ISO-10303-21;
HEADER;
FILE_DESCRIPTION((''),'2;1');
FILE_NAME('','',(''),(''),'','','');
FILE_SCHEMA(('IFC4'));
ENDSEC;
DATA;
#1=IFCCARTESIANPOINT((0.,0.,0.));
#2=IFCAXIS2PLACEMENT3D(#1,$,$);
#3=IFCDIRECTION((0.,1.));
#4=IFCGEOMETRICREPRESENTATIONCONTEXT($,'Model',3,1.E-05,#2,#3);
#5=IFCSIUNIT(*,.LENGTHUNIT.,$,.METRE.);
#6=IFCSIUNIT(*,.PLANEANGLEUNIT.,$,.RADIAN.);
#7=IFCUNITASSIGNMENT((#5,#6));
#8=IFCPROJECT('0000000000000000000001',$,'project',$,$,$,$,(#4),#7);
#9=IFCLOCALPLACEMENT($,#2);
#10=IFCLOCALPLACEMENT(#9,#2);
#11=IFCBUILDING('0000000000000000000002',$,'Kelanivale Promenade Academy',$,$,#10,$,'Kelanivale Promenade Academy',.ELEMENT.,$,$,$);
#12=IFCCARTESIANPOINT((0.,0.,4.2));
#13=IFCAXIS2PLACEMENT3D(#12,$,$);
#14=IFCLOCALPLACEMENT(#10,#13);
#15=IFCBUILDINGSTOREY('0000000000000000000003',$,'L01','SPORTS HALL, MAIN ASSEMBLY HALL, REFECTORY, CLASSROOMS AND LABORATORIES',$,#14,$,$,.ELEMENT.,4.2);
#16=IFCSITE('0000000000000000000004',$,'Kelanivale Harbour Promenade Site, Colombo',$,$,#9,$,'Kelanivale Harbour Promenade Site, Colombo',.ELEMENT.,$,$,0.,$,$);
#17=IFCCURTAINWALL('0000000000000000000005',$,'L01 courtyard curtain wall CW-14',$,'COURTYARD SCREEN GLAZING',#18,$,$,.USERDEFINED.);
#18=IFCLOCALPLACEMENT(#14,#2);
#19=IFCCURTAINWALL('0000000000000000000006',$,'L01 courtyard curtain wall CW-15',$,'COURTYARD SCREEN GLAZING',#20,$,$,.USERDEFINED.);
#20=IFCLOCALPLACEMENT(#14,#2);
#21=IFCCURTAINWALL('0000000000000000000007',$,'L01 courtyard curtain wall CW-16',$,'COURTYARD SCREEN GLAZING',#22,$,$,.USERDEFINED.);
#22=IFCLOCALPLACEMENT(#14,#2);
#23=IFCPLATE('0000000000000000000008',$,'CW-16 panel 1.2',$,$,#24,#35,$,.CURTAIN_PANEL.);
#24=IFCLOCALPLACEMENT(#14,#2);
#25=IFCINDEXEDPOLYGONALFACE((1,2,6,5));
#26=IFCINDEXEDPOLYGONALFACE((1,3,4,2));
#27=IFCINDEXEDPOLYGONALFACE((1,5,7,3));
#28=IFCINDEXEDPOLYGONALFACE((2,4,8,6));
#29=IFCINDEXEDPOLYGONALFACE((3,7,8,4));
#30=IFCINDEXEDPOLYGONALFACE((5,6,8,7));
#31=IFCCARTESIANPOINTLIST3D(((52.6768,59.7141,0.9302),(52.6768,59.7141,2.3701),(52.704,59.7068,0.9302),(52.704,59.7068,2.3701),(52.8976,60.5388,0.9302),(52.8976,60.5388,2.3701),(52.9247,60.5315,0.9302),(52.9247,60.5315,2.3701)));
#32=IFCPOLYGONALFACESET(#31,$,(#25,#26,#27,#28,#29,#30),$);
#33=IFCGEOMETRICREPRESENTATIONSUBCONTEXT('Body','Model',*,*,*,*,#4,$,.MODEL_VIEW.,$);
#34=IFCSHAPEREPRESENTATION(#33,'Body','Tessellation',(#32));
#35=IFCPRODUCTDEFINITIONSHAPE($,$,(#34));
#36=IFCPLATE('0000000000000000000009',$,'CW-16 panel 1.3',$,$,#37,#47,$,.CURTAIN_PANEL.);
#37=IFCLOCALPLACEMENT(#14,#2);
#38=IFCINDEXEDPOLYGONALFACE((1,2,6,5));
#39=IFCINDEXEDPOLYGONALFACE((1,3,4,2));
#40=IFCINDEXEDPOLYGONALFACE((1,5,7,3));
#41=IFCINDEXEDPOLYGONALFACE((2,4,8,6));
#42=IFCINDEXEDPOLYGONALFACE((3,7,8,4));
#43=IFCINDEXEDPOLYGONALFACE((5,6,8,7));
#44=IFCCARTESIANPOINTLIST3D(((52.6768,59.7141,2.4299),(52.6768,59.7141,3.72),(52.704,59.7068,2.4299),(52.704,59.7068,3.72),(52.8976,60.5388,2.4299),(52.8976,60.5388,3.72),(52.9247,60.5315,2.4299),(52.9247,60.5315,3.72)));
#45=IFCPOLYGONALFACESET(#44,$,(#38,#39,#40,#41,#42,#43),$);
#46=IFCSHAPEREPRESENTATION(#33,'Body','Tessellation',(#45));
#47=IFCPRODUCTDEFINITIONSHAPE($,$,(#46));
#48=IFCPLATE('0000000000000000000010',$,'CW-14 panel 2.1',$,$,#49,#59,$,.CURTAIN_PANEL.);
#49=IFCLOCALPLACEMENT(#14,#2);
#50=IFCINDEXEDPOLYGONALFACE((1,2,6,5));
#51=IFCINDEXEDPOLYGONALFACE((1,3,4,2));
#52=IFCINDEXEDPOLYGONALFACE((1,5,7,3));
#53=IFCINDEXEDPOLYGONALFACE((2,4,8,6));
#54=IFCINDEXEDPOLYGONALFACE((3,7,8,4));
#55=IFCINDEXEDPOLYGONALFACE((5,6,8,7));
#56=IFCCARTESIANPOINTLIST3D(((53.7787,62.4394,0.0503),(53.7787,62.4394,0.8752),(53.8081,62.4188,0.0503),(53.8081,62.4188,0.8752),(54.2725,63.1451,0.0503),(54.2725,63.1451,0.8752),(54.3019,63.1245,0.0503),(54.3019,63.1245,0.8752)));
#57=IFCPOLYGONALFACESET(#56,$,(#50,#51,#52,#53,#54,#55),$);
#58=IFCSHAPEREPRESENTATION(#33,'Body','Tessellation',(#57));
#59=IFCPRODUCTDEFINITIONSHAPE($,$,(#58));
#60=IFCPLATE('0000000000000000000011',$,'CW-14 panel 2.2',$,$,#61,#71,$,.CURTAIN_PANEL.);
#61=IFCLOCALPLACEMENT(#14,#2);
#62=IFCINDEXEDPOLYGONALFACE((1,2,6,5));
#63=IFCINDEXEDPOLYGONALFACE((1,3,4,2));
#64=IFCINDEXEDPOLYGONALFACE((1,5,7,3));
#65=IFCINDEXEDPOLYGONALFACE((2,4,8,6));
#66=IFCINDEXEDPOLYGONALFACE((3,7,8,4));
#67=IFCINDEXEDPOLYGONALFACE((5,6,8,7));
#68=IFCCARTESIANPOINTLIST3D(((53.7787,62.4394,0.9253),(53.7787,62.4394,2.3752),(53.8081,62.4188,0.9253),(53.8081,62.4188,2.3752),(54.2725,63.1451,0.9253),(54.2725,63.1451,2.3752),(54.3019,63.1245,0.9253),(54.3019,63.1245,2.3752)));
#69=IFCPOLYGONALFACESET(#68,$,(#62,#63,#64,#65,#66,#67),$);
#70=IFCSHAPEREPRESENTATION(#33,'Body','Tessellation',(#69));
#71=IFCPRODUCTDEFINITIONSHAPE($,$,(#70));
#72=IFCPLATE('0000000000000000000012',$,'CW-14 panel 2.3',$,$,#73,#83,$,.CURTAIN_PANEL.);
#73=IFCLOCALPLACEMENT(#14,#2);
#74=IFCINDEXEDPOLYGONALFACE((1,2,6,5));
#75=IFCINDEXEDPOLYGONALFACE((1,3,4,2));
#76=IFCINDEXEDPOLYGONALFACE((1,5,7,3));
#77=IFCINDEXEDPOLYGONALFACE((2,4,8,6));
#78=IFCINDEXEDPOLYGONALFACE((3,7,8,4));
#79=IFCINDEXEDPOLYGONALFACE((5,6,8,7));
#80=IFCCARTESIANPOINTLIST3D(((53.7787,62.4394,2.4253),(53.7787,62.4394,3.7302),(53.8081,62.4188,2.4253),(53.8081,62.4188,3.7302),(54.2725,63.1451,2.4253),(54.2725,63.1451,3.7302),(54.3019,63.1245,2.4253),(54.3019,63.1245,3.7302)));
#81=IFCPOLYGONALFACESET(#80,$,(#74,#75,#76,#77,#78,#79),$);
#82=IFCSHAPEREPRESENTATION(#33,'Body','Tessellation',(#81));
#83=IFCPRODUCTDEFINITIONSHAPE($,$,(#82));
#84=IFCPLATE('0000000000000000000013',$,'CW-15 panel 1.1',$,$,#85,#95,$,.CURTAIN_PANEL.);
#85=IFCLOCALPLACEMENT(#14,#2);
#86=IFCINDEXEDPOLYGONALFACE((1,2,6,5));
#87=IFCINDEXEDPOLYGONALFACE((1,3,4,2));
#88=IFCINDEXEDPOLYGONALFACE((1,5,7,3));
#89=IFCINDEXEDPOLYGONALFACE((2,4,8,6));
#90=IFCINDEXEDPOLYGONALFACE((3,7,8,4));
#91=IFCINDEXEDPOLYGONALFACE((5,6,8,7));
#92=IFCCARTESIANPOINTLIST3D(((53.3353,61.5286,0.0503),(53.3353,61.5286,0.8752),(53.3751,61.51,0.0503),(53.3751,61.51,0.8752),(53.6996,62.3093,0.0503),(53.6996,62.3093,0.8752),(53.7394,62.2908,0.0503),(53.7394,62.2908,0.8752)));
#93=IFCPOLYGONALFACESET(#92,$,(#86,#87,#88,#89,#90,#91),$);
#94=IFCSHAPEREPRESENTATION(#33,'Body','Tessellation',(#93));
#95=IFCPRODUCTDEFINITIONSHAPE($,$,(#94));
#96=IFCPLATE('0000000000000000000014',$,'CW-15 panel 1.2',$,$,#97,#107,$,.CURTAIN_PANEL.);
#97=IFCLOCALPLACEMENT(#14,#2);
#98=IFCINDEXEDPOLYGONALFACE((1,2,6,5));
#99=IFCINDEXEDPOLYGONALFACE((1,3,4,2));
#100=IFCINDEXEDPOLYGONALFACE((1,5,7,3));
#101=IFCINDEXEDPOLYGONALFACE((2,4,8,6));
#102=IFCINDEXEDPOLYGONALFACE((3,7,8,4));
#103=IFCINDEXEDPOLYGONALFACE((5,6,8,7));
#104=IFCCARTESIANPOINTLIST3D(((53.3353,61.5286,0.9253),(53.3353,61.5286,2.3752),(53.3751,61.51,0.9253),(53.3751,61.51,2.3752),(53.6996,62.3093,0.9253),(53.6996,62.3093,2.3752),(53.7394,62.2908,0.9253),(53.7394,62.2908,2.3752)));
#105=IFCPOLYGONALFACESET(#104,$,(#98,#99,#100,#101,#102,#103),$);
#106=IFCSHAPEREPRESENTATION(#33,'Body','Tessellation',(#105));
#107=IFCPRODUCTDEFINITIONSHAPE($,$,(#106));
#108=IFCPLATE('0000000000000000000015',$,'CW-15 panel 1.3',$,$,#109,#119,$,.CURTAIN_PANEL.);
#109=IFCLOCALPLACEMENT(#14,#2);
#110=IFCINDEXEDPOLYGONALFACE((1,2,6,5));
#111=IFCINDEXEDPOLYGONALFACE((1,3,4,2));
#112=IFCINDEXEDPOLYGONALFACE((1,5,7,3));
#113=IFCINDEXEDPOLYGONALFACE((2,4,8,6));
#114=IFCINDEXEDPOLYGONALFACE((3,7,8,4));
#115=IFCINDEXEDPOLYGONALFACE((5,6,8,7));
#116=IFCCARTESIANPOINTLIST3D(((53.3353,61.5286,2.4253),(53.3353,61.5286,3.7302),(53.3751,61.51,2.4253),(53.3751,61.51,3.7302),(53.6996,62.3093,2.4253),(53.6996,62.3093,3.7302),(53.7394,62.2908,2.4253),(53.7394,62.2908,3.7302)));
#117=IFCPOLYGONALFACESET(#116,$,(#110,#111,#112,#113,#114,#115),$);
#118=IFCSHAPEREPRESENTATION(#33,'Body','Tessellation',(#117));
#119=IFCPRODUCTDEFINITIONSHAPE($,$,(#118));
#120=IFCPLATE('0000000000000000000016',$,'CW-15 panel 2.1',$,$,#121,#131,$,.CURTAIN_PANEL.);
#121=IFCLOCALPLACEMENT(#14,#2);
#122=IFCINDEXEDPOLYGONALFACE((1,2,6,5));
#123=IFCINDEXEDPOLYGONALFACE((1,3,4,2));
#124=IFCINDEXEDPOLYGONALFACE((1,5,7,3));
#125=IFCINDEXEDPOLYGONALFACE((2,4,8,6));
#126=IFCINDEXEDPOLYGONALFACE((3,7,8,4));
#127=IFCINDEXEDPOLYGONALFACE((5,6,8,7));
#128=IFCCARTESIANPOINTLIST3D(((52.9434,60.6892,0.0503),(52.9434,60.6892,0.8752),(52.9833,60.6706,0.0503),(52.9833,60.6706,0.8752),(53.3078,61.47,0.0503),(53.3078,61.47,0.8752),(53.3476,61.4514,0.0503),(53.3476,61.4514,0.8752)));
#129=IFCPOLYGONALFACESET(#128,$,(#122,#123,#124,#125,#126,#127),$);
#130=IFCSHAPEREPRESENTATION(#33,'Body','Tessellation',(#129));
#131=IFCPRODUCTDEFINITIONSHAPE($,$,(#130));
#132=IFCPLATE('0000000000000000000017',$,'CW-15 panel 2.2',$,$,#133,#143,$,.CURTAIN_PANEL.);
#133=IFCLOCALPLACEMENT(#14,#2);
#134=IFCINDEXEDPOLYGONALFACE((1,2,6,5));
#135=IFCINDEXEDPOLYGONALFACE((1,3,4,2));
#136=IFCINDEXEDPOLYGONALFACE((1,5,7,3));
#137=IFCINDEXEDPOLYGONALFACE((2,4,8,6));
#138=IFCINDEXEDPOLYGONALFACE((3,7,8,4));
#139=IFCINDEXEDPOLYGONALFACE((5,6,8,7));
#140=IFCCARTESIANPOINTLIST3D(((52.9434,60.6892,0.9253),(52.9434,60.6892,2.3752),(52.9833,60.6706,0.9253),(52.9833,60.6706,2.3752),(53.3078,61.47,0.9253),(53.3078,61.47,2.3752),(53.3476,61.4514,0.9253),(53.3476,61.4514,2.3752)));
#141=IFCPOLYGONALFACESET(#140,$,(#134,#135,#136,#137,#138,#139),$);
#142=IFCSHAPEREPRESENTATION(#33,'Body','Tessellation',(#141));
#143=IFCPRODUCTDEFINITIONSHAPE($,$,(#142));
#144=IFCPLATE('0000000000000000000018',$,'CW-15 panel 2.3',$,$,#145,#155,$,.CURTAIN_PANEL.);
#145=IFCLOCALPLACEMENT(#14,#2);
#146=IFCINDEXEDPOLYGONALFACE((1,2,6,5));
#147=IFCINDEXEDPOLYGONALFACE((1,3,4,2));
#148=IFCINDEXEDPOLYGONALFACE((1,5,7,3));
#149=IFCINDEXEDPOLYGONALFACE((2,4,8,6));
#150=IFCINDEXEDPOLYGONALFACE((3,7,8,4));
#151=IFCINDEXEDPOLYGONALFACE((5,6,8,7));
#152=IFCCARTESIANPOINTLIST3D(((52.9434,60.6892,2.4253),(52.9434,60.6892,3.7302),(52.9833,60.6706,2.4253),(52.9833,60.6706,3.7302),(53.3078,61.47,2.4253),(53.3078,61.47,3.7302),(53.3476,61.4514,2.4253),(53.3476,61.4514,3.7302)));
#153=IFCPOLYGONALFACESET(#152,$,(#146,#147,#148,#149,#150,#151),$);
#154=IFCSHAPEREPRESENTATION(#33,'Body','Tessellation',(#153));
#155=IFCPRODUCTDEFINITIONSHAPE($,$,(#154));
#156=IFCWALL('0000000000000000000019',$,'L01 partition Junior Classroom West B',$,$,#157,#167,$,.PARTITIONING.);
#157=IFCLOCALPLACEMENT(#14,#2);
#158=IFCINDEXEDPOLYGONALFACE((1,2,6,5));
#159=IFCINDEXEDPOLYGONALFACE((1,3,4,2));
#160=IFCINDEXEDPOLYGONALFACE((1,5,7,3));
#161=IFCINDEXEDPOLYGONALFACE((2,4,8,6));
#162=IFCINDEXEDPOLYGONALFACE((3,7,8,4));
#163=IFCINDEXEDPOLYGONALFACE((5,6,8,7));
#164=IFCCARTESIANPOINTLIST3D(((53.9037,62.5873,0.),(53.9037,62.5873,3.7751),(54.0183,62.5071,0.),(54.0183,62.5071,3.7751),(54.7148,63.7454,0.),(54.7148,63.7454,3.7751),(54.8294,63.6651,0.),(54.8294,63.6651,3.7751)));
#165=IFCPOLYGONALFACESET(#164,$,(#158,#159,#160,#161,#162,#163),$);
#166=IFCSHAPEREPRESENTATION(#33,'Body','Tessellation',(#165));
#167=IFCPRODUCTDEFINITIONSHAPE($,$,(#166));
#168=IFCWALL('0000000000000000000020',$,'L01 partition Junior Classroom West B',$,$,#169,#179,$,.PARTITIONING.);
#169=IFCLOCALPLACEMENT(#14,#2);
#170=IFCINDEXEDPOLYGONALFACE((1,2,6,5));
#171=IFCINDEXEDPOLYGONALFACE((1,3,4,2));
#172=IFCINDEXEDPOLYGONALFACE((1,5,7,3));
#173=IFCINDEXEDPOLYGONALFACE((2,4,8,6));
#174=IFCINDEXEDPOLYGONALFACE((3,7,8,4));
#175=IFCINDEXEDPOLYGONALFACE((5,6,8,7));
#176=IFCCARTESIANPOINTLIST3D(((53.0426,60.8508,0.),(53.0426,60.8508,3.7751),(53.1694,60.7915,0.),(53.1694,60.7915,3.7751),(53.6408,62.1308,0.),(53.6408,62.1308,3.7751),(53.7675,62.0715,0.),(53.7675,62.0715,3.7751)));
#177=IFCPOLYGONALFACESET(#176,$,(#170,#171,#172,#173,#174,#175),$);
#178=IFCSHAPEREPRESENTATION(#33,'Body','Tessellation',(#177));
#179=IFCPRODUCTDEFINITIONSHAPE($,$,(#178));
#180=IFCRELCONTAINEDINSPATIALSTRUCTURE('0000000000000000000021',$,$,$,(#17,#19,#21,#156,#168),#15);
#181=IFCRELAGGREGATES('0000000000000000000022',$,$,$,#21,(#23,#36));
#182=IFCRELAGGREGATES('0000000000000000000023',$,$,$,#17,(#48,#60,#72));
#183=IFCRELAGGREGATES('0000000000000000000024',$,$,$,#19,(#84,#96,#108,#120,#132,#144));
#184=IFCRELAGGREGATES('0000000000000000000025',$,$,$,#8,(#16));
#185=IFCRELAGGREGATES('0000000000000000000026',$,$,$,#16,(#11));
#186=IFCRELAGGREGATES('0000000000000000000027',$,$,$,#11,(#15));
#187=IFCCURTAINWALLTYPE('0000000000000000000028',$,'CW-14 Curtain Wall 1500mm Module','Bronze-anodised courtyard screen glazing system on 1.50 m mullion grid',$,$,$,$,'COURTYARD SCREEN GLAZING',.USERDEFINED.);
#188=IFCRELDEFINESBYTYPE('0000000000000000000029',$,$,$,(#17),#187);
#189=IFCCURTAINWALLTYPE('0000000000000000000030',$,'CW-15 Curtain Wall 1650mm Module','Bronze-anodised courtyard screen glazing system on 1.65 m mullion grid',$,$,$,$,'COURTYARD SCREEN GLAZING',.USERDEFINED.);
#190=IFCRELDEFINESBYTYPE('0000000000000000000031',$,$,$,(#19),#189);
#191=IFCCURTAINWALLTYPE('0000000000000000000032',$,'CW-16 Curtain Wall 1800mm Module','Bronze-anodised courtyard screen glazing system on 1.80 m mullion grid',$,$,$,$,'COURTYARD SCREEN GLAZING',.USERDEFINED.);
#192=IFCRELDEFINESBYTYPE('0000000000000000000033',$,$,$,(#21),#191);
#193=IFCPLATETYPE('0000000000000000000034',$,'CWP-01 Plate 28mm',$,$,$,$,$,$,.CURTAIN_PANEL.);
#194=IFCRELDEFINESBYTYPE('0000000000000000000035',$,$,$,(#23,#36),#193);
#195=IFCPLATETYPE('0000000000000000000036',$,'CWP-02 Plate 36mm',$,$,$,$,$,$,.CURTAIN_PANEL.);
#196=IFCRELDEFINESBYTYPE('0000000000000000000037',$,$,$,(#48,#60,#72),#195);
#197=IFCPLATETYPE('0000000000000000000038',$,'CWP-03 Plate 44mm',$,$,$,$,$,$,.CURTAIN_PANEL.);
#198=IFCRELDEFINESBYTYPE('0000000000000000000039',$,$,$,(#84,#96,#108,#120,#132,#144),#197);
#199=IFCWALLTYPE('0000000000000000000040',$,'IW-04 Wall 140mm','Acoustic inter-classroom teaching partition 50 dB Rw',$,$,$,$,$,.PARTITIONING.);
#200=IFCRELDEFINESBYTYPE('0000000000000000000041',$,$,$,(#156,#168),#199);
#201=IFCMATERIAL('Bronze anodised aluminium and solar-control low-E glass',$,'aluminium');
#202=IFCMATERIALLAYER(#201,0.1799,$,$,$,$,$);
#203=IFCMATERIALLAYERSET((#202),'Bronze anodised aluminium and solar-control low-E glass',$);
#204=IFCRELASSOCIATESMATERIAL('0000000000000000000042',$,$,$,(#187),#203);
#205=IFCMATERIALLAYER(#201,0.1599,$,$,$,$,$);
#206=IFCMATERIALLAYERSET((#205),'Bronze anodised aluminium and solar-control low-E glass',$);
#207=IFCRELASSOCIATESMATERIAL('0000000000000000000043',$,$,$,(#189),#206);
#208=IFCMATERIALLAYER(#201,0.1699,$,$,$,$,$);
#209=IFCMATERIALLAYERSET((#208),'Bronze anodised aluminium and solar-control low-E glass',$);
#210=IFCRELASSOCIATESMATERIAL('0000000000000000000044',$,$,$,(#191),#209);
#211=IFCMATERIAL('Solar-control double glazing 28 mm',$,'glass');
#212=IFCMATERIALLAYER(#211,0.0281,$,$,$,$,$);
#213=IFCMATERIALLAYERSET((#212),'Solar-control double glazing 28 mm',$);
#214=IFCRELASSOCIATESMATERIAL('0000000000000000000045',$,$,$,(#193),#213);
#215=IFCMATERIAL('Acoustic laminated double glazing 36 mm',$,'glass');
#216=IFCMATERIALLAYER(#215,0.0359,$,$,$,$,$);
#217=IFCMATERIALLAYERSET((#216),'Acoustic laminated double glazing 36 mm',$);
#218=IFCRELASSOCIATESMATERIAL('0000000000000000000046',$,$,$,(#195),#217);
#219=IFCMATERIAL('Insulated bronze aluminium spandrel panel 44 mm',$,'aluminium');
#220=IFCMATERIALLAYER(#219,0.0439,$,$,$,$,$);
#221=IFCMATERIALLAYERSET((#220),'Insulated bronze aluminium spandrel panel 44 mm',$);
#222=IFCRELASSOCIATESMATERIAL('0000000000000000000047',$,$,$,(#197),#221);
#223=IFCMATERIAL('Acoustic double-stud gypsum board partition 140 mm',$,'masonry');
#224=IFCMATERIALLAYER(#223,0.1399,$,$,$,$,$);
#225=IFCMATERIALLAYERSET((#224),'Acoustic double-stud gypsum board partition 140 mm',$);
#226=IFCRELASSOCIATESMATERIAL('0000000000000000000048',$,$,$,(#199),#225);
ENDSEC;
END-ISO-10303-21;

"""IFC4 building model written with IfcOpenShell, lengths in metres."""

from ifc_helpers import new_model, si_unit, direction, frame, frame_2d, origin, origin_2d, place, context, subcontext, project, spatial, rectangle, extrude, material, layer, layer_set, type_object, element, aggregate, save


model = new_model("IFC4")

# Units and contexts
model_context = context("Model", 3, precision=1e-05, world=origin(), true_north=direction((0.0, 1.0)))
body_context = subcontext(model_context, "Body", "Model", "MODEL_VIEW")
ifc_project = project(units=[si_unit("LENGTHUNIT", "METRE"), si_unit("PLANEANGLEUNIT", "RADIAN")], contexts=[model_context])

# Site, building, storey
site_placement = place(None, origin())
site = spatial("IfcSite", under=ifc_project, at=site_placement, Name="Kelanivale Harbour Promenade Site, Colombo", LongName="Kelanivale Harbour Promenade Site, Colombo", CompositionType="ELEMENT", RefElevation=0.0)
building_placement = place(site_placement, origin())
building = spatial("IfcBuilding", under=site, at=building_placement, Name="Kelanivale Promenade Academy", LongName="Kelanivale Promenade Academy", CompositionType="ELEMENT")
storey_placement = place(building_placement, frame((0.0, 0.0, 4.2)))
storey = spatial("IfcBuildingStorey", under=building, at=storey_placement, Name="L01", Description="SPORTS HALL, MAIN ASSEMBLY HALL, REFECTORY, CLASSROOMS AND LABORATORIES", CompositionType="ELEMENT", Elevation=4.2)

# Curtain wall
ifc_material_1 = material(Name="Bronze anodised aluminium and solar-control low-E glass", Category="aluminium")
ifc_layer_1 = layer(ifc_material_1, 0.1799)
ifc_layer_set_1 = layer_set([ifc_layer_1], Name="Bronze anodised aluminium and solar-control low-E glass")
curtain_wall_type_1 = type_object("IfcCurtainWallType", Name="CW-14 Curtain Wall 1500mm Module", Description="Bronze-anodised courtyard screen glazing system on 1.50 m mullion grid", ElementType="COURTYARD SCREEN GLAZING", PredefinedType="USERDEFINED", material=ifc_layer_set_1)
curtain_wall_1_placement = place(storey_placement, origin())
curtain_wall_1 = element("IfcCurtainWall", 1, at=curtain_wall_1_placement, inside=storey, type_object=curtain_wall_type_1, Name="L01 courtyard curtain wall CW-14", ObjectType="COURTYARD SCREEN GLAZING", PredefinedType="USERDEFINED")

# Curtain walls
ifc_layer_2 = layer(ifc_material_1, 0.1599)
ifc_layer_set_2 = layer_set([ifc_layer_2], Name="Bronze anodised aluminium and solar-control low-E glass")
curtain_wall_type_2 = type_object("IfcCurtainWallType", Name="CW-15 Curtain Wall 1650mm Module", Description="Bronze-anodised courtyard screen glazing system on 1.65 m mullion grid", ElementType="COURTYARD SCREEN GLAZING", PredefinedType="USERDEFINED", material=ifc_layer_set_2)
curtain_wall_2_placement = place(storey_placement, origin())
curtain_wall_2 = element("IfcCurtainWall", 2, at=curtain_wall_2_placement, inside=storey, type_object=curtain_wall_type_2, Name="L01 courtyard curtain wall CW-15", ObjectType="COURTYARD SCREEN GLAZING", PredefinedType="USERDEFINED")
ifc_layer_3 = layer(ifc_material_1, 0.1699)
ifc_layer_set_3 = layer_set([ifc_layer_3], Name="Bronze anodised aluminium and solar-control low-E glass")
curtain_wall_type_3 = type_object("IfcCurtainWallType", Name="CW-16 Curtain Wall 1800mm Module", Description="Bronze-anodised courtyard screen glazing system on 1.80 m mullion grid", ElementType="COURTYARD SCREEN GLAZING", PredefinedType="USERDEFINED", material=ifc_layer_set_3)
curtain_wall_3_placement = place(storey_placement, origin())
curtain_wall_3 = element("IfcCurtainWall", 3, at=curtain_wall_3_placement, inside=storey, type_object=curtain_wall_type_3, Name="L01 courtyard curtain wall CW-16", ObjectType="COURTYARD SCREEN GLAZING", PredefinedType="USERDEFINED")

# Plates
ifc_material_2 = material(Name="Solar-control double glazing 28 mm", Category="glass")
ifc_layer_4 = layer(ifc_material_2, 0.0281)
ifc_layer_set_4 = layer_set([ifc_layer_4], Name="Solar-control double glazing 28 mm")
plate_type_1 = type_object("IfcPlateType", Name="CWP-01 Plate 28mm", PredefinedType="CURTAIN_PANEL", material=ifc_layer_set_4)
plate_1_placement = place(storey_placement, frame((52.8008, 60.1228, 0.9302), z_axis=(0.0, 0.0, 1.0), x_axis=(-0.258578, -0.96599, 0.0)))
plate_1 = element("IfcPlate", 4, at=plate_1_placement, type_object=plate_type_1, Name="CW-16 panel 1.2", PredefinedType="CURTAIN_PANEL", context=body_context, shape_type="SweptSolid", body=[
    extrude(rectangle(XDim=0.8538, YDim=0.0281, at=origin_2d()), origin(), (0.0, 0.0, 1.0), 1.4399),
])
plate_2_placement = place(storey_placement, frame((52.8008, 60.1228, 2.4299), z_axis=(0.0, 0.0, 1.0), x_axis=(-0.258578, -0.96599, 0.0)))
plate_2 = element("IfcPlate", 5, at=plate_2_placement, type_object=plate_type_1, Name="CW-16 panel 1.3", PredefinedType="CURTAIN_PANEL", context=body_context, shape_type="SweptSolid", body=[
    extrude(rectangle(XDim=0.8538, YDim=0.0281, at=origin_2d()), origin(), (0.0, 0.0, 1.0), 1.29),
])
aggregate(curtain_wall_3, [plate_1, plate_2])
ifc_material_3 = material(Name="Acoustic laminated double glazing 36 mm", Category="glass")
ifc_layer_5 = layer(ifc_material_3, 0.0359)
ifc_layer_set_5 = layer_set([ifc_layer_5], Name="Acoustic laminated double glazing 36 mm")
plate_type_2 = type_object("IfcPlateType", Name="CWP-02 Plate 36mm", PredefinedType="CURTAIN_PANEL", material=ifc_layer_set_5)
plate_3_placement = place(storey_placement, frame((54.0403, 62.782, 0.0503), z_axis=(0.0, 0.0, 1.0), x_axis=(-0.573357, -0.819306, 0.0)))
plate_3 = element("IfcPlate", 6, at=plate_3_placement, type_object=plate_type_2, Name="CW-14 panel 2.1", PredefinedType="CURTAIN_PANEL", context=body_context, shape_type="SweptSolid", body=[
    extrude(rectangle(XDim=0.8613, YDim=0.0359, at=origin_2d()), origin(), (0.0, 0.0, 1.0), 0.825),
])
plate_4_placement = place(storey_placement, frame((54.0403, 62.782, 0.9253), z_axis=(0.0, 0.0, 1.0), x_axis=(-0.573357, -0.819306, 0.0)))
plate_4 = element("IfcPlate", 7, at=plate_4_placement, type_object=plate_type_2, Name="CW-14 panel 2.2", PredefinedType="CURTAIN_PANEL", context=body_context, shape_type="SweptSolid", body=[
    extrude(rectangle(XDim=0.8613, YDim=0.0359, at=origin_2d()), origin(), (0.0, 0.0, 1.0), 1.45),
])
plate_5_placement = place(storey_placement, frame((54.0403, 62.782, 2.4253), z_axis=(0.0, 0.0, 1.0), x_axis=(-0.573357, -0.819306, 0.0)))
plate_5 = element("IfcPlate", 8, at=plate_5_placement, type_object=plate_type_2, Name="CW-14 panel 2.3", PredefinedType="CURTAIN_PANEL", context=body_context, shape_type="SweptSolid", body=[
    extrude(rectangle(XDim=0.8613, YDim=0.0359, at=origin_2d()), origin(), (0.0, 0.0, 1.0), 1.3049),
])
aggregate(curtain_wall_1, [plate_3, plate_4, plate_5])
ifc_material_4 = material(Name="Insulated bronze aluminium spandrel panel 44 mm", Category="aluminium")
ifc_layer_6 = layer(ifc_material_4, 0.0439)
ifc_layer_set_6 = layer_set([ifc_layer_6], Name="Insulated bronze aluminium spandrel panel 44 mm")
plate_type_3 = type_object("IfcPlateType", Name="CWP-03 Plate 44mm", PredefinedType="CURTAIN_PANEL", material=ifc_layer_set_6)
plate_6_placement = place(storey_placement, frame((53.5374, 61.9097, 0.0503), z_axis=(0.0, 0.0, 1.0), x_axis=(-0.422857, -0.906196, 0.0)))
plate_6 = element("IfcPlate", 9, at=plate_6_placement, type_object=plate_type_3, Name="CW-15 panel 1.1", PredefinedType="CURTAIN_PANEL", context=body_context, shape_type="SweptSolid", body=[
    extrude(rectangle(XDim=0.8616, YDim=0.0439, at=origin_2d()), origin(), (0.0, 0.0, 1.0), 0.825),
])
plate_7_placement = place(storey_placement, frame((53.5374, 61.9097, 0.9253), z_axis=(0.0, 0.0, 1.0), x_axis=(-0.422857, -0.906196, 0.0)))
plate_7 = element("IfcPlate", 10, at=plate_7_placement, type_object=plate_type_3, Name="CW-15 panel 1.2", PredefinedType="CURTAIN_PANEL", context=body_context, shape_type="SweptSolid", body=[
    extrude(rectangle(XDim=0.8616, YDim=0.0439, at=origin_2d()), origin(), (0.0, 0.0, 1.0), 1.45),
])
plate_8_placement = place(storey_placement, frame((53.5374, 61.9097, 2.4253), z_axis=(0.0, 0.0, 1.0), x_axis=(-0.422857, -0.906196, 0.0)))
plate_8 = element("IfcPlate", 11, at=plate_8_placement, type_object=plate_type_3, Name="CW-15 panel 1.3", PredefinedType="CURTAIN_PANEL", context=body_context, shape_type="SweptSolid", body=[
    extrude(rectangle(XDim=0.8616, YDim=0.0439, at=origin_2d()), origin(), (0.0, 0.0, 1.0), 1.3049),
])
plate_9_placement = place(storey_placement, frame((53.1455, 61.0703, 0.0503), z_axis=(0.0, 0.0, 1.0), x_axis=(-0.422857, -0.906196, 0.0)))
plate_9 = element("IfcPlate", 12, at=plate_9_placement, type_object=plate_type_3, Name="CW-15 panel 2.1", PredefinedType="CURTAIN_PANEL", context=body_context, shape_type="SweptSolid", body=[
    extrude(rectangle(XDim=0.8616, YDim=0.0439, at=origin_2d()), origin(), (0.0, 0.0, 1.0), 0.825),
])
plate_10_placement = place(storey_placement, frame((53.1455, 61.0703, 0.9253), z_axis=(0.0, 0.0, 1.0), x_axis=(-0.422857, -0.906196, 0.0)))
plate_10 = element("IfcPlate", 13, at=plate_10_placement, type_object=plate_type_3, Name="CW-15 panel 2.2", PredefinedType="CURTAIN_PANEL", context=body_context, shape_type="SweptSolid", body=[
    extrude(rectangle(XDim=0.8616, YDim=0.0439, at=origin_2d()), origin(), (0.0, 0.0, 1.0), 1.45),
])
plate_11_placement = place(storey_placement, frame((53.1455, 61.0703, 2.4253), z_axis=(0.0, 0.0, 1.0), x_axis=(-0.422857, -0.906196, 0.0)))
plate_11 = element("IfcPlate", 14, at=plate_11_placement, type_object=plate_type_3, Name="CW-15 panel 2.3", PredefinedType="CURTAIN_PANEL", context=body_context, shape_type="SweptSolid", body=[
    extrude(rectangle(XDim=0.8616, YDim=0.0439, at=origin_2d()), origin(), (0.0, 0.0, 1.0), 1.3049),
])
aggregate(curtain_wall_2, [plate_6, plate_7, plate_8, plate_9, plate_10, plate_11])

# Walls
ifc_material_5 = material(Name="Acoustic double-stud gypsum board partition 140 mm", Category="masonry")
ifc_layer_7 = layer(ifc_material_5, 0.1399)
ifc_layer_set_7 = layer_set([ifc_layer_7], Name="Acoustic double-stud gypsum board partition 140 mm")
wall_type = type_object("IfcWallType", Name="IW-04 Wall 140mm", Description="Acoustic inter-classroom teaching partition 50 dB Rw", PredefinedType="PARTITIONING", material=ifc_layer_set_7)
wall_1_placement = place(storey_placement, frame((53.9609, 62.5471, 0.0), z_axis=(0.0, 0.0, 1.0), x_axis=(0.573683, 0.819078, 0.0)))
element("IfcWall", 15, at=wall_1_placement, inside=storey, type_object=wall_type, Name="L01 partition Junior Classroom West B", PredefinedType="PARTITIONING", context=body_context, shape_type="SweptSolid", body=[
    extrude(rectangle(XDim=1.4138, YDim=0.1399, at=frame_2d((0.707, 0.0))), origin(), (0.0, 0.0, 1.0), 3.7751),
])
wall_2_placement = place(storey_placement, frame((53.106, 60.821, 0.0), z_axis=(0.0, 0.0, 1.0), x_axis=(0.423349, 0.905967, 0.0)))
element("IfcWall", 16, at=wall_2_placement, inside=storey, type_object=wall_type, Name="L01 partition Junior Classroom West B", PredefinedType="PARTITIONING", context=body_context, shape_type="SweptSolid", body=[
    extrude(rectangle(XDim=1.4128, YDim=0.1399, at=frame_2d((0.7065, 0.0))), origin(), (0.0, 0.0, 1.0), 3.7751),
])

save(model, "model.ifc")
